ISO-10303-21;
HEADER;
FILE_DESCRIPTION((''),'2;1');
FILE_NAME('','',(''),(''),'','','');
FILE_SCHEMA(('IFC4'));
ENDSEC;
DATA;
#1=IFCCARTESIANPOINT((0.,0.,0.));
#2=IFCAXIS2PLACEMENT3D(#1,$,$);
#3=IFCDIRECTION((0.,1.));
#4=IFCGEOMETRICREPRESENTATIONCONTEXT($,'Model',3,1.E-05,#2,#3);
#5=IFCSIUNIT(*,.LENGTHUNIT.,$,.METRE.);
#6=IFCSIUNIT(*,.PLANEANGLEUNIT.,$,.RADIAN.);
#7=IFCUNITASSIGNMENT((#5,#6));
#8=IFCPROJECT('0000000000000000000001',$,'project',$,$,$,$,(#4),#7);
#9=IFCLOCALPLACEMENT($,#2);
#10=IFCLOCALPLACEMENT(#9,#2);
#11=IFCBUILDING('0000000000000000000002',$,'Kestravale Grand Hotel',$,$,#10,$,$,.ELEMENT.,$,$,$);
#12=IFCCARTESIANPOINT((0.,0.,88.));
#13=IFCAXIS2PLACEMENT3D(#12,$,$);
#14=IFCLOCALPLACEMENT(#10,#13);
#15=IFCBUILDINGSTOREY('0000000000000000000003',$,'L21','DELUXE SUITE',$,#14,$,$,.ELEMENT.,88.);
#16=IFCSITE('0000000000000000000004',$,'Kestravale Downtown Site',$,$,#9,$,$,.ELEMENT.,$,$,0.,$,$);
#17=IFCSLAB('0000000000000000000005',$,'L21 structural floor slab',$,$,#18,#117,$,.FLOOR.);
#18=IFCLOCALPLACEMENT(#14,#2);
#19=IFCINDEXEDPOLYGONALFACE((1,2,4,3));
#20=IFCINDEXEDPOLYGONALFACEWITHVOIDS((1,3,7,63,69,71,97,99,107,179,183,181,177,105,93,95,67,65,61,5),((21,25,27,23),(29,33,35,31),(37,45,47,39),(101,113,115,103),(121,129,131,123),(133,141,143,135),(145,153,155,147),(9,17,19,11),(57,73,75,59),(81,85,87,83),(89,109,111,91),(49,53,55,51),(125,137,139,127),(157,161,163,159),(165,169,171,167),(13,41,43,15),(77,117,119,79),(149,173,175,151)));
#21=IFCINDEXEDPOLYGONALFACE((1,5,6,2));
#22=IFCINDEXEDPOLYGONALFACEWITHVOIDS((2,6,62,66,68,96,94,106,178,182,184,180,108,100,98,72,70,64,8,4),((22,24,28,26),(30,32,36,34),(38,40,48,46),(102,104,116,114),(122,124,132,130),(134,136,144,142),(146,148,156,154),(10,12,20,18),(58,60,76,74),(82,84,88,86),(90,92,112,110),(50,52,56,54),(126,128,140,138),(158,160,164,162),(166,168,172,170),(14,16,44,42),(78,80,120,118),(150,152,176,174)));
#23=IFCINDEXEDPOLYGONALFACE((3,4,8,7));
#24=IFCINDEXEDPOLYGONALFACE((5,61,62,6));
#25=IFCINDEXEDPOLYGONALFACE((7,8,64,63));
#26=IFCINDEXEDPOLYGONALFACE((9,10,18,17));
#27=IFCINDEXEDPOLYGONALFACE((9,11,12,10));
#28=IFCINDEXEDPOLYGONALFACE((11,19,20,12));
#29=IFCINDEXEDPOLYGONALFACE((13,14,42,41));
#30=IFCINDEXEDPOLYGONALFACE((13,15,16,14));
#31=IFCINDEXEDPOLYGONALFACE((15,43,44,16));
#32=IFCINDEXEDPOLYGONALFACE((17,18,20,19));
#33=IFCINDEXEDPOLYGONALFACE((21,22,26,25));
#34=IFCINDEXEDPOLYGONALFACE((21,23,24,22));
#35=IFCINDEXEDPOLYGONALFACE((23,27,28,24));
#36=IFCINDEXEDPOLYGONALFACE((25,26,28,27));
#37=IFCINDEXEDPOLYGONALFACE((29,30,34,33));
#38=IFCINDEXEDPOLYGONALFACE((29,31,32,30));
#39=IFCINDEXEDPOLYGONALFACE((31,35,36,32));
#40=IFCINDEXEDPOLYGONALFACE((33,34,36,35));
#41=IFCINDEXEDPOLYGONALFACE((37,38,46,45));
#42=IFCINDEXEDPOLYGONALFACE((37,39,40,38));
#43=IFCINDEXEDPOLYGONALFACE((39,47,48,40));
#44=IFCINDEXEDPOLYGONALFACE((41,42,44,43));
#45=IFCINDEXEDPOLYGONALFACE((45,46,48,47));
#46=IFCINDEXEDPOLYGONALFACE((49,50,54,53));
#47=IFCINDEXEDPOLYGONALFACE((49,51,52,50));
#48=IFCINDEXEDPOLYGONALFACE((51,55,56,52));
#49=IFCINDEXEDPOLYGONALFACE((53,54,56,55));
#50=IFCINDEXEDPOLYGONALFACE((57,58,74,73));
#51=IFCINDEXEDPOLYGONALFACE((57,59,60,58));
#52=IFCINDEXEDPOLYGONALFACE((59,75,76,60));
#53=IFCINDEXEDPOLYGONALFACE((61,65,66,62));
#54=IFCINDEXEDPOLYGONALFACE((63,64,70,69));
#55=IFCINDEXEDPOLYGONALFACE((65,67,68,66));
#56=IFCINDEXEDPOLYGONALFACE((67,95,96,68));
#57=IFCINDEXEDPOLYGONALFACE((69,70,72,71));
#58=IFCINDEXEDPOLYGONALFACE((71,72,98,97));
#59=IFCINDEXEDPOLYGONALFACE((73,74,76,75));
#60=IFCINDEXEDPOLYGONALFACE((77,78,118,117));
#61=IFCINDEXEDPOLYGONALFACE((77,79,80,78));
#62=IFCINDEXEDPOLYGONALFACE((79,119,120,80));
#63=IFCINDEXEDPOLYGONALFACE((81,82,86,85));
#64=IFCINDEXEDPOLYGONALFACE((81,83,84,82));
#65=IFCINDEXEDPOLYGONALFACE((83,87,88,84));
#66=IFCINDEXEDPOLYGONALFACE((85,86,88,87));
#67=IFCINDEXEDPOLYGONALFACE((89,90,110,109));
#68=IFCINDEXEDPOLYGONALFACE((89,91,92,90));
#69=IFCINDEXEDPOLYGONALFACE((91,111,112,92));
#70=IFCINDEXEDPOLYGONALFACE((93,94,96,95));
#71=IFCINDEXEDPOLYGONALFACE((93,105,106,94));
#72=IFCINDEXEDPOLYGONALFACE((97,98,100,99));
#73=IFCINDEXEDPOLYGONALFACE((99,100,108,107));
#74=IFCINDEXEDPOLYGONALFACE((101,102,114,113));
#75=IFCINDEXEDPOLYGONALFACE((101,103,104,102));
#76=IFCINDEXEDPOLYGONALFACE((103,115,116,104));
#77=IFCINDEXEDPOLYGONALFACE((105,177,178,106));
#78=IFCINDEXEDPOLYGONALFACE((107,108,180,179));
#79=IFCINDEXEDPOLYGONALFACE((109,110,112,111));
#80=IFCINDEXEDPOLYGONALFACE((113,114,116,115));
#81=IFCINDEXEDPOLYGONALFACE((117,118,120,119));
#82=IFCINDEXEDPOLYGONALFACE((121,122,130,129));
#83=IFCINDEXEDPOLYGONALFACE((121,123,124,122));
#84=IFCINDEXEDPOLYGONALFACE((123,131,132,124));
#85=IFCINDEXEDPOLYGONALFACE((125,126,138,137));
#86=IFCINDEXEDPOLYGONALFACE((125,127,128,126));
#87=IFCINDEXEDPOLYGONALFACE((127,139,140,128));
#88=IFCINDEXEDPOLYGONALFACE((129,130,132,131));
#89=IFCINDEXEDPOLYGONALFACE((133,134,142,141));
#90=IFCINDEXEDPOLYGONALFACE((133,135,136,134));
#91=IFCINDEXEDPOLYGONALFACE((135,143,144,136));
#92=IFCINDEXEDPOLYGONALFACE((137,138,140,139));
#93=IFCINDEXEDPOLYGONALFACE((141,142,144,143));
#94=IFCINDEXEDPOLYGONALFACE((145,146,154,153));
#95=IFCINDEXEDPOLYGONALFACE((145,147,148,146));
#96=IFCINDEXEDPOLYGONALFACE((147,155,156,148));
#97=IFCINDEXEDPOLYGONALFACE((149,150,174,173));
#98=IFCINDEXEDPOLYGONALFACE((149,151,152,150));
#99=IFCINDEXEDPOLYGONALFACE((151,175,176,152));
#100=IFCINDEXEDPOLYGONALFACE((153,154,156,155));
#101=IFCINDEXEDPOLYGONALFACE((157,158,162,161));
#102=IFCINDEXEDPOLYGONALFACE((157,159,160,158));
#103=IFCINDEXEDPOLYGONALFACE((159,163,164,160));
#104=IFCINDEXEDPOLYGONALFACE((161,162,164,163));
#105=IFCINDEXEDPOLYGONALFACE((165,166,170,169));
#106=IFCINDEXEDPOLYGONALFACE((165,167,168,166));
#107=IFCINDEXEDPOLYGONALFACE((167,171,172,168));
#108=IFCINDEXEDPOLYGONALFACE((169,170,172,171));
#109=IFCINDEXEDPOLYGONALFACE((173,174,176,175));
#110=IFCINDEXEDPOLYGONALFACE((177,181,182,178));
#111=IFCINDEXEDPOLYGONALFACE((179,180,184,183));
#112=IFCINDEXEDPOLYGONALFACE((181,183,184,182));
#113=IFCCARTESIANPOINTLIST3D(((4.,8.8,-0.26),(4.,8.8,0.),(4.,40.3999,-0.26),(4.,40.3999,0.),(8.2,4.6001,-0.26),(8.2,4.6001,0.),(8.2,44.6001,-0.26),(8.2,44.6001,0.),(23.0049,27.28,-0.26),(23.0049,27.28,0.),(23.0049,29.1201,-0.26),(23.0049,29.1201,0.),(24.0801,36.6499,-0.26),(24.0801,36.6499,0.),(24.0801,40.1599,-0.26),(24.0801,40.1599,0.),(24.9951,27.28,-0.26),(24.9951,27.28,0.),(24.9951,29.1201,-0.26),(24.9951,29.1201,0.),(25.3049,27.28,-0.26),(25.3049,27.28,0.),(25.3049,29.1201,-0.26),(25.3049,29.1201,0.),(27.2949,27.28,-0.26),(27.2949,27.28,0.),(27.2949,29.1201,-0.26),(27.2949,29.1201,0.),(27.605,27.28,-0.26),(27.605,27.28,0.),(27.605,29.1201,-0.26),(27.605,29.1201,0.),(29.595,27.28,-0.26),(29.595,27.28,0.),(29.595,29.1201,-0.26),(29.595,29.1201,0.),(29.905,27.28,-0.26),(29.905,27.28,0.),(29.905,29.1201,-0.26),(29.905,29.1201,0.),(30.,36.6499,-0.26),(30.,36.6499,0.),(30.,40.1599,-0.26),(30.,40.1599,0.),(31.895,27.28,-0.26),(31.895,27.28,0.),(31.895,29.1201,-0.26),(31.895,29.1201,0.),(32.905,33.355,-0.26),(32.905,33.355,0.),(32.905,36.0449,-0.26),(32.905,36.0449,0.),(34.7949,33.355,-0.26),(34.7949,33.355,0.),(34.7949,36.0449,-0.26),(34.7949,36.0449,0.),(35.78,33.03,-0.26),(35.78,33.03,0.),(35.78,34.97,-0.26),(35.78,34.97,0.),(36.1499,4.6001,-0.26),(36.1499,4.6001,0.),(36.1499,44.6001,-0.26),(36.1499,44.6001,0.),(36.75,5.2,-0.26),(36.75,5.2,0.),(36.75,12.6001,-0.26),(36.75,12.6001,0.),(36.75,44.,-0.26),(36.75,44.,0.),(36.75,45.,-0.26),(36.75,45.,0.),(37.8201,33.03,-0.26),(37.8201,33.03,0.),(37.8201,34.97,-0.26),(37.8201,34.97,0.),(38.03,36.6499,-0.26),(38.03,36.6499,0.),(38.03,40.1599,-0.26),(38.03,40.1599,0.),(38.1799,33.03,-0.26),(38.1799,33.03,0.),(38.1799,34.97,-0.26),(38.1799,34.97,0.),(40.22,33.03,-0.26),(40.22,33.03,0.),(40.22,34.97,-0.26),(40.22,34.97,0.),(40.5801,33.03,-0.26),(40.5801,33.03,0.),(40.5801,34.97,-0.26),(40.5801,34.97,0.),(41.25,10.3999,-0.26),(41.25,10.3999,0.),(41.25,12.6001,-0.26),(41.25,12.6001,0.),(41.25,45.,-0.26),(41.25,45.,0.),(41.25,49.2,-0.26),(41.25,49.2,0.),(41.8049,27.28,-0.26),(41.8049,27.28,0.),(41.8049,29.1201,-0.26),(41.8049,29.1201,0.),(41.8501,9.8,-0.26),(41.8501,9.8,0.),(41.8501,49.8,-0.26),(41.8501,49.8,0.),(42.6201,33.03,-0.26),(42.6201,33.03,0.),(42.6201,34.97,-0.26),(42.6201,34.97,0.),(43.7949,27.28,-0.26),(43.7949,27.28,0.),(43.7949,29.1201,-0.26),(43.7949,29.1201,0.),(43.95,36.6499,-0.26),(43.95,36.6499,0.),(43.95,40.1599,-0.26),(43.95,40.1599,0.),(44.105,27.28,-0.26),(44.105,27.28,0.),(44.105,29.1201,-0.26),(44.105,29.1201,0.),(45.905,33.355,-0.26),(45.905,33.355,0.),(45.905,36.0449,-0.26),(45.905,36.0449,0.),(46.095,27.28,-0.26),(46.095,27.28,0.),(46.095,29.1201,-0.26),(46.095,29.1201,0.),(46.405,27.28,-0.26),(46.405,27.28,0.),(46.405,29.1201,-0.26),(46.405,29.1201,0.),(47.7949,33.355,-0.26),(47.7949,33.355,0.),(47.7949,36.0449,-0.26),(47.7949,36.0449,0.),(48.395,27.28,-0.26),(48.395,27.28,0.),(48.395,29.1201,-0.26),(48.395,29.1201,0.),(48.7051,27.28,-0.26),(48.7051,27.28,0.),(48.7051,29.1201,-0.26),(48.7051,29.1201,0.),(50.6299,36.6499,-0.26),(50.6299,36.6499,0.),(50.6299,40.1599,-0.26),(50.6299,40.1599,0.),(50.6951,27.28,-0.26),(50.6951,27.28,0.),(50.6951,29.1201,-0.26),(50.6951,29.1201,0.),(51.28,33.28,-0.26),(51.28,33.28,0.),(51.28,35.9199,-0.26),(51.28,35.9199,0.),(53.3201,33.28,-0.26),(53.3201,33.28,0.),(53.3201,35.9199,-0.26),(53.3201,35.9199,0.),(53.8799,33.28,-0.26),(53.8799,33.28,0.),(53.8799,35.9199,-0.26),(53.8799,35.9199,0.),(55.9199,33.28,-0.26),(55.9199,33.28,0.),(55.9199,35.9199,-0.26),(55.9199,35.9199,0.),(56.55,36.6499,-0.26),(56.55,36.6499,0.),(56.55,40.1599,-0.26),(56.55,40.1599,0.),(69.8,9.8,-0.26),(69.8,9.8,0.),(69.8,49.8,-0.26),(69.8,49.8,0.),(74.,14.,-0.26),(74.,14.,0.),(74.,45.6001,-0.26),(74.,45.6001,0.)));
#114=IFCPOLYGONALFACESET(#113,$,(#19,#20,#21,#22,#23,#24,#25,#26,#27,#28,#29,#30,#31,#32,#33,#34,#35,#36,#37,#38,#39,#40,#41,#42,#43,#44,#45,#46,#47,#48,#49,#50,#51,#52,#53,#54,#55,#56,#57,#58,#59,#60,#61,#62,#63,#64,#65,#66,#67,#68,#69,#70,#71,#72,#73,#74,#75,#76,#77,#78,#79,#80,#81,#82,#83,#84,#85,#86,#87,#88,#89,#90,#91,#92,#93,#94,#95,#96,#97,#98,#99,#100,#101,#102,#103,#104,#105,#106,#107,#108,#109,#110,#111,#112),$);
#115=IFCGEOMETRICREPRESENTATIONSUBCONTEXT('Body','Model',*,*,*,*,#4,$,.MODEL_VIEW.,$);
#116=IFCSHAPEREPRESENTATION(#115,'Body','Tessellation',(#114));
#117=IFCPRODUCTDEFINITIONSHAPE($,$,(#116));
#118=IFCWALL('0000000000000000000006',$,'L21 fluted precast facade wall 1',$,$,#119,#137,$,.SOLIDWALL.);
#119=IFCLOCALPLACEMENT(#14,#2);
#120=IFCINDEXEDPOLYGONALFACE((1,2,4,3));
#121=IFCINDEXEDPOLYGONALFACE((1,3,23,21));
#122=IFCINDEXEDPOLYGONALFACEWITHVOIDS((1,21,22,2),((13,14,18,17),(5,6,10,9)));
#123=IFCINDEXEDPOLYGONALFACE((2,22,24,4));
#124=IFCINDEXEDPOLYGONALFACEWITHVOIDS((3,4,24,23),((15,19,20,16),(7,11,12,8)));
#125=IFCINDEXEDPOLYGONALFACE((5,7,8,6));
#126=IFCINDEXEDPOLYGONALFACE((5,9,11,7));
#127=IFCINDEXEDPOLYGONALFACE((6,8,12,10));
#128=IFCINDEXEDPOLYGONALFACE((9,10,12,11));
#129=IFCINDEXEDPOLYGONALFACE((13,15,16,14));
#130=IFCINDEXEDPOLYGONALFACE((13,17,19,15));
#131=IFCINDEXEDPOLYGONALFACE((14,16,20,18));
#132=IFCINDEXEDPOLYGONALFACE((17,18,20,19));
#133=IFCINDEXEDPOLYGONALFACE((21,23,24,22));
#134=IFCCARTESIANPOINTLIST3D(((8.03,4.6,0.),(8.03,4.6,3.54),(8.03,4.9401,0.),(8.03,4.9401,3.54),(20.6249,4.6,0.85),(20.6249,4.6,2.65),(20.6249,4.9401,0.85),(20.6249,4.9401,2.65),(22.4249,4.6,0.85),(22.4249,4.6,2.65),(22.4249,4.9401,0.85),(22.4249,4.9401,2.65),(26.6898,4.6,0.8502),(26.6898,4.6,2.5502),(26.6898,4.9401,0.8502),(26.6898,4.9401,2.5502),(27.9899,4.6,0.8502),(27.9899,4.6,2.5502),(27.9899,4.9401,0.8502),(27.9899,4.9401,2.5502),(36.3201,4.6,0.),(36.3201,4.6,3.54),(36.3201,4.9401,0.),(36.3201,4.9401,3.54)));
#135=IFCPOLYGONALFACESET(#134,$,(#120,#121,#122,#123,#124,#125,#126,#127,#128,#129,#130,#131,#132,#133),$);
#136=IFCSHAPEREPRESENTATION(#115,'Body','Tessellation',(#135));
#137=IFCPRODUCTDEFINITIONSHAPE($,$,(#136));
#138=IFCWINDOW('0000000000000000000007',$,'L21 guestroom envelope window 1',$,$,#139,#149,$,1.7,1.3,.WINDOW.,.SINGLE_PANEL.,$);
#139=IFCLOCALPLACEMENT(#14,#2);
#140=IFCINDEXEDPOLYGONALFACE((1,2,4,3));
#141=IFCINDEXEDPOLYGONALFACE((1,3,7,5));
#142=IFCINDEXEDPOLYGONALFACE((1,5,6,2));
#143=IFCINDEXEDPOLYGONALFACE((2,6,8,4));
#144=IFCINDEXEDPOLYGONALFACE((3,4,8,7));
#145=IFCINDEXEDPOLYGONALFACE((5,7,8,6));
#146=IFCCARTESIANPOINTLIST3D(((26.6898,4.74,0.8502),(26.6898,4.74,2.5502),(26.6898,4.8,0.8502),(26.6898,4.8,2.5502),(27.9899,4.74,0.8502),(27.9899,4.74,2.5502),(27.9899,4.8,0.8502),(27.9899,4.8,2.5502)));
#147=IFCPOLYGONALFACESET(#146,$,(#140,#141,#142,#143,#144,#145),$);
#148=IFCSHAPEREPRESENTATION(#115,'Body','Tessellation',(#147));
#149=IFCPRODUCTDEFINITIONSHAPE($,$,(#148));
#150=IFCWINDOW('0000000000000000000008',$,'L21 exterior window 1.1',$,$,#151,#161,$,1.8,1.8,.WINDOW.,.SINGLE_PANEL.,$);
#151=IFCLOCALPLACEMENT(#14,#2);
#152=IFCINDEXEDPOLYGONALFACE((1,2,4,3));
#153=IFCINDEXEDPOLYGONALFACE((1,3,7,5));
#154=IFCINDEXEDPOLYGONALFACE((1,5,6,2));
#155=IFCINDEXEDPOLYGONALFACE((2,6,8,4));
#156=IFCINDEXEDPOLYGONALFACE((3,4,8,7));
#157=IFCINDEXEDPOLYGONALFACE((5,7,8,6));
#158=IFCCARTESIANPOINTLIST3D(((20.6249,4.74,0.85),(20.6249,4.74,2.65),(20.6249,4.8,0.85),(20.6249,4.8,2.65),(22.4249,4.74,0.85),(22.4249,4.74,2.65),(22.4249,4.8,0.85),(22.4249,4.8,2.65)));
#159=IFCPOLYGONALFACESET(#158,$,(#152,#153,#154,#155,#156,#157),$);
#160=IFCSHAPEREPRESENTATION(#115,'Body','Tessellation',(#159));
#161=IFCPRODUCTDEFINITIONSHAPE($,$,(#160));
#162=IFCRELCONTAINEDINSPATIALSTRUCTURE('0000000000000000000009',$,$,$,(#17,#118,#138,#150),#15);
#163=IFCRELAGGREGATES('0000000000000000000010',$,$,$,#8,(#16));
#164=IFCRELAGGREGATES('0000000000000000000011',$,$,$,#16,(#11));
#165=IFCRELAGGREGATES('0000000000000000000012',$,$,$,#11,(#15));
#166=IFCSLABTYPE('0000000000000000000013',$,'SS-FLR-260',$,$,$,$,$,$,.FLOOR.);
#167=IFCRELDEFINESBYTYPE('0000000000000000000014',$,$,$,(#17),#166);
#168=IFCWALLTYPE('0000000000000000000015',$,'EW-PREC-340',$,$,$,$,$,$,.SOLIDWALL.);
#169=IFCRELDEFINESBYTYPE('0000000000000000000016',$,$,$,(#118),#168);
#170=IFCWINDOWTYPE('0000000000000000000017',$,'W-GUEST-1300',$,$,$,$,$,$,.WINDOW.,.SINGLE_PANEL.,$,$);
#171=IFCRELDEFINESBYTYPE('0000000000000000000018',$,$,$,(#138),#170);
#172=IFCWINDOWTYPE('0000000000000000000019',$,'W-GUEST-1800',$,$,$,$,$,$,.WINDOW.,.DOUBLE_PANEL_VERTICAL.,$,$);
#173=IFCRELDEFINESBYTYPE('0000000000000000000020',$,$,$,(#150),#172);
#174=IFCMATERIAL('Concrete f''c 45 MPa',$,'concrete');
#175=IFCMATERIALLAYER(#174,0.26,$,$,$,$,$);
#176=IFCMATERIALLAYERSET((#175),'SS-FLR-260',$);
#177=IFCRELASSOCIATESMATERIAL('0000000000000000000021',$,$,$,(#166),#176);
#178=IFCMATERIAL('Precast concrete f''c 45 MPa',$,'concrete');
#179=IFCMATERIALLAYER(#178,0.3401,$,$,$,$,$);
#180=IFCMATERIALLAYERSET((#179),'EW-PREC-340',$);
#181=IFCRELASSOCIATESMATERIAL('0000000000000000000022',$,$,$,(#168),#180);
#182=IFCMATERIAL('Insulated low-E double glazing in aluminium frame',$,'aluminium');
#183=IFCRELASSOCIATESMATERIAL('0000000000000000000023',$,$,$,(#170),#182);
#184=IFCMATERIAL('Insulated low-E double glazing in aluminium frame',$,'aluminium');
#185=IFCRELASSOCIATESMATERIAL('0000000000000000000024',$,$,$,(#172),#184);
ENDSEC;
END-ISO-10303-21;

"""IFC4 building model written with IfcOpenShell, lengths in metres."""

from ifc_helpers import new_model, si_unit, direction, frame, frame_2d, origin, place, context, subcontext, project, spatial, polyline, rectangle, outline, extrude, material, layer, layer_set, type_object, element, fill, save


model = new_model("IFC4")

# Units and contexts
model_context = context("Model", 3, precision=1e-05, world=origin(), true_north=direction((0.0, 1.0)))
body_context = subcontext(model_context, "Body", "Model", "MODEL_VIEW")
ifc_project = project(units=[si_unit("LENGTHUNIT", "METRE"), si_unit("PLANEANGLEUNIT", "RADIAN")], contexts=[model_context])

# Site, building, storey
site_placement = place(None, origin())
site = spatial("IfcSite", under=ifc_project, at=site_placement, Name="Kestravale Downtown Site", CompositionType="ELEMENT", RefElevation=0.0)
building_placement = place(site_placement, origin())
building = spatial("IfcBuilding", under=site, at=building_placement, Name="Kestravale Grand Hotel", CompositionType="ELEMENT")
storey_placement = place(building_placement, frame((0.0, 0.0, 88.0)))
storey = spatial("IfcBuildingStorey", under=building, at=storey_placement, Name="L21", Description="DELUXE SUITE", CompositionType="ELEMENT", Elevation=88.0)

# Slab
ifc_material_1 = material(Name="Concrete f'c 45 MPa", Category="concrete")
ifc_layer_1 = layer(ifc_material_1, 0.26)
ifc_layer_set_1 = layer_set([ifc_layer_1], Name="SS-FLR-260")
slab_type_1 = type_object("IfcSlabType", Name="SS-FLR-260", PredefinedType="FLOOR", material=ifc_layer_set_1)
slab_1_placement = place(storey_placement, frame((0.0, 0.0, -0.26)))
element("IfcSlab", 1, at=slab_1_placement, inside=storey, type_object=slab_type_1, Name="L21 structural floor slab", PredefinedType="FLOOR", context=body_context, shape_type="SweptSolid", body=[
    extrude(outline(polyline([(8.2, 4.6001), (36.1499, 4.6001), (36.75, 5.2), (36.75, 12.6001), (41.25, 12.6001), (41.25, 10.3999), (41.8501, 9.8), (69.8, 9.8), (74.0, 14.0), (74.0, 45.6001), (69.8, 49.8), (41.8501, 49.8), (41.25, 49.2), (41.25, 45.0), (36.75, 45.0), (36.75, 44.0), (36.1499, 44.6001), (8.2, 44.6001), (4.0, 40.3999), (4.0, 8.8), (8.2, 4.6001)]), holes=[polyline([(24.0801, 36.6499), (30.0, 36.6499), (30.0, 40.1599), (24.0801, 40.1599), (24.0801, 36.6499)]), polyline([(38.03, 36.6499), (43.95, 36.6499), (43.95, 40.1599), (38.03, 40.1599), (38.03, 36.6499)]), polyline([(50.6299, 36.6499), (56.55, 36.6499), (56.55, 40.1599), (50.6299, 40.1599), (50.6299, 36.6499)]), polyline([(23.0049, 27.28), (24.9951, 27.28), (24.9951, 29.1201), (23.0049, 29.1201), (23.0049, 27.28)]), polyline([(25.3049, 27.28), (27.2949, 27.28), (27.2949, 29.1201), (25.3049, 29.1201), (25.3049, 27.28)]), polyline([(27.605, 27.28), (29.595, 27.28), (29.595, 29.1201), (27.605, 29.1201), (27.605, 27.28)]), polyline([(29.905, 27.28), (31.895, 27.28), (31.895, 29.1201), (29.905, 29.1201), (29.905, 27.28)]), polyline([(41.8049, 27.28), (43.7949, 27.28), (43.7949, 29.1201), (41.8049, 29.1201), (41.8049, 27.28)]), polyline([(44.105, 27.28), (46.095, 27.28), (46.095, 29.1201), (44.105, 29.1201), (44.105, 27.28)]), polyline([(46.405, 27.28), (48.395, 27.28), (48.395, 29.1201), (46.405, 29.1201), (46.405, 27.28)]), polyline([(48.7051, 27.28), (50.6951, 27.28), (50.6951, 29.1201), (48.7051, 29.1201), (48.7051, 27.28)]), polyline([(35.78, 33.03), (37.8201, 33.03), (37.8201, 34.97), (35.78, 34.97), (35.78, 33.03)]), polyline([(38.1799, 33.03), (40.22, 33.03), (40.22, 34.97), (38.1799, 34.97), (38.1799, 33.03)]), polyline([(40.5801, 33.03), (42.6201, 33.03), (42.6201, 34.97), (40.5801, 34.97), (40.5801, 33.03)]), polyline([(32.905, 33.355), (34.7949, 33.355), (34.7949, 36.0449), (32.905, 36.0449), (32.905, 33.355)]), polyline([(45.905, 33.355), (47.7949, 33.355), (47.7949, 36.0449), (45.905, 36.0449), (45.905, 33.355)]), polyline([(51.28, 33.28), (53.3201, 33.28), (53.3201, 35.9199), (51.28, 35.9199), (51.28, 33.28)]), polyline([(53.8799, 33.28), (55.9199, 33.28), (55.9199, 35.9199), (53.8799, 35.9199), (53.8799, 33.28)])]), origin(), (0.0, 0.0, 1.0), 0.26),
])

# Wall, openings, windows
ifc_material_2 = material(Name="Precast concrete f'c 45 MPa", Category="concrete")
ifc_layer_2 = layer(ifc_material_2, 0.3401)
ifc_layer_set_2 = layer_set([ifc_layer_2], Name="EW-PREC-340")
wall_type_1 = type_object("IfcWallType", Name="EW-PREC-340", PredefinedType="SOLIDWALL", material=ifc_layer_set_2)
wall_1_placement = place(storey_placement, frame((8.03, 4.77, 0.0), z_axis=(0.0, 0.0, 1.0), x_axis=(1.0, 0.0, 0.0)))
wall_1 = element("IfcWall", 2, at=wall_1_placement, inside=storey, type_object=wall_type_1, Name="L21 fluted precast facade wall 1", PredefinedType="SOLIDWALL", context=body_context, shape_type="SweptSolid", body=[
    extrude(rectangle(XDim=28.29, YDim=0.3401, at=frame_2d((14.145, 0.0))), origin(), (0.0, 0.0, 1.0), 3.54),
])
opening_1_placement = place(wall_1_placement, frame((12.595, 0.0, 0.8501)))
opening_1 = element("IfcOpeningElement", 3, at=opening_1_placement, cuts=wall_1, PredefinedType="OPENING", context=body_context, shape_type="SweptSolid", body=[
    extrude(rectangle(XDim=1.8, YDim=1.8, at=frame_2d((0.8999, 0.8999))), frame((0.0, 0.1799, 0.0), z_axis=(0.0, -1.0, 0.0), x_axis=(1.0, 0.0, 0.0)), (0.0, 0.0, 1.0), 0.3601),
])
opening_2_placement = place(wall_1_placement, frame((18.6599, 0.0, 0.8501)))
opening_2 = element("IfcOpeningElement", 4, at=opening_2_placement, cuts=wall_1, PredefinedType="OPENING", context=body_context, shape_type="SweptSolid", body=[
    extrude(rectangle(XDim=1.3, YDim=1.7, at=frame_2d((0.6499, 0.8501))), frame((0.0, 0.1799, 0.0), z_axis=(0.0, -1.0, 0.0), x_axis=(1.0, 0.0, 0.0)), (0.0, 0.0, 1.0), 0.3601),
])
ifc_material_3 = material(Name="Insulated low-E double glazing in aluminium frame", Category="aluminium")
window_type_1 = type_object("IfcWindowType", Name="W-GUEST-1300", PartitioningType="SINGLE_PANEL", PredefinedType="WINDOW", material=ifc_material_3)
window_1_placement = place(opening_2_placement, origin())
window_1 = element("IfcWindow", 5, at=window_1_placement, inside=storey, type_object=window_type_1, Name="L21 guestroom envelope window 1", OverallHeight=1.7, OverallWidth=1.3, PartitioningType="SINGLE_PANEL", PredefinedType="WINDOW", context=body_context, shape_type="SweptSolid", body=[
    extrude(rectangle(XDim=1.3, YDim=1.7, at=frame_2d((0.6499, 0.8501))), frame((0.0, 0.03, 0.0), z_axis=(0.0, -1.0, 0.0), x_axis=(1.0, 0.0, 0.0)), (0.0, 0.0, 1.0), 0.0601),
])
fill(opening_2, window_1)
ifc_material_4 = material(Name="Insulated low-E double glazing in aluminium frame", Category="aluminium")
window_type_2 = type_object("IfcWindowType", Name="W-GUEST-1800", PartitioningType="DOUBLE_PANEL_VERTICAL", PredefinedType="WINDOW", material=ifc_material_4)
window_2_placement = place(opening_1_placement, origin())
window_2 = element("IfcWindow", 6, at=window_2_placement, inside=storey, type_object=window_type_2, Name="L21 exterior window 1.1", OverallHeight=1.8, OverallWidth=1.8, PartitioningType="SINGLE_PANEL", PredefinedType="WINDOW", context=body_context, shape_type="SweptSolid", body=[
    extrude(rectangle(XDim=1.8, YDim=1.8, at=frame_2d((0.8999, 0.8999))), frame((0.0, 0.03, 0.0), z_axis=(0.0, -1.0, 0.0), x_axis=(1.0, 0.0, 0.0)), (0.0, 0.0, 1.0), 0.0601),
])
fill(opening_1, window_2)

save(model, "model.ifc")
